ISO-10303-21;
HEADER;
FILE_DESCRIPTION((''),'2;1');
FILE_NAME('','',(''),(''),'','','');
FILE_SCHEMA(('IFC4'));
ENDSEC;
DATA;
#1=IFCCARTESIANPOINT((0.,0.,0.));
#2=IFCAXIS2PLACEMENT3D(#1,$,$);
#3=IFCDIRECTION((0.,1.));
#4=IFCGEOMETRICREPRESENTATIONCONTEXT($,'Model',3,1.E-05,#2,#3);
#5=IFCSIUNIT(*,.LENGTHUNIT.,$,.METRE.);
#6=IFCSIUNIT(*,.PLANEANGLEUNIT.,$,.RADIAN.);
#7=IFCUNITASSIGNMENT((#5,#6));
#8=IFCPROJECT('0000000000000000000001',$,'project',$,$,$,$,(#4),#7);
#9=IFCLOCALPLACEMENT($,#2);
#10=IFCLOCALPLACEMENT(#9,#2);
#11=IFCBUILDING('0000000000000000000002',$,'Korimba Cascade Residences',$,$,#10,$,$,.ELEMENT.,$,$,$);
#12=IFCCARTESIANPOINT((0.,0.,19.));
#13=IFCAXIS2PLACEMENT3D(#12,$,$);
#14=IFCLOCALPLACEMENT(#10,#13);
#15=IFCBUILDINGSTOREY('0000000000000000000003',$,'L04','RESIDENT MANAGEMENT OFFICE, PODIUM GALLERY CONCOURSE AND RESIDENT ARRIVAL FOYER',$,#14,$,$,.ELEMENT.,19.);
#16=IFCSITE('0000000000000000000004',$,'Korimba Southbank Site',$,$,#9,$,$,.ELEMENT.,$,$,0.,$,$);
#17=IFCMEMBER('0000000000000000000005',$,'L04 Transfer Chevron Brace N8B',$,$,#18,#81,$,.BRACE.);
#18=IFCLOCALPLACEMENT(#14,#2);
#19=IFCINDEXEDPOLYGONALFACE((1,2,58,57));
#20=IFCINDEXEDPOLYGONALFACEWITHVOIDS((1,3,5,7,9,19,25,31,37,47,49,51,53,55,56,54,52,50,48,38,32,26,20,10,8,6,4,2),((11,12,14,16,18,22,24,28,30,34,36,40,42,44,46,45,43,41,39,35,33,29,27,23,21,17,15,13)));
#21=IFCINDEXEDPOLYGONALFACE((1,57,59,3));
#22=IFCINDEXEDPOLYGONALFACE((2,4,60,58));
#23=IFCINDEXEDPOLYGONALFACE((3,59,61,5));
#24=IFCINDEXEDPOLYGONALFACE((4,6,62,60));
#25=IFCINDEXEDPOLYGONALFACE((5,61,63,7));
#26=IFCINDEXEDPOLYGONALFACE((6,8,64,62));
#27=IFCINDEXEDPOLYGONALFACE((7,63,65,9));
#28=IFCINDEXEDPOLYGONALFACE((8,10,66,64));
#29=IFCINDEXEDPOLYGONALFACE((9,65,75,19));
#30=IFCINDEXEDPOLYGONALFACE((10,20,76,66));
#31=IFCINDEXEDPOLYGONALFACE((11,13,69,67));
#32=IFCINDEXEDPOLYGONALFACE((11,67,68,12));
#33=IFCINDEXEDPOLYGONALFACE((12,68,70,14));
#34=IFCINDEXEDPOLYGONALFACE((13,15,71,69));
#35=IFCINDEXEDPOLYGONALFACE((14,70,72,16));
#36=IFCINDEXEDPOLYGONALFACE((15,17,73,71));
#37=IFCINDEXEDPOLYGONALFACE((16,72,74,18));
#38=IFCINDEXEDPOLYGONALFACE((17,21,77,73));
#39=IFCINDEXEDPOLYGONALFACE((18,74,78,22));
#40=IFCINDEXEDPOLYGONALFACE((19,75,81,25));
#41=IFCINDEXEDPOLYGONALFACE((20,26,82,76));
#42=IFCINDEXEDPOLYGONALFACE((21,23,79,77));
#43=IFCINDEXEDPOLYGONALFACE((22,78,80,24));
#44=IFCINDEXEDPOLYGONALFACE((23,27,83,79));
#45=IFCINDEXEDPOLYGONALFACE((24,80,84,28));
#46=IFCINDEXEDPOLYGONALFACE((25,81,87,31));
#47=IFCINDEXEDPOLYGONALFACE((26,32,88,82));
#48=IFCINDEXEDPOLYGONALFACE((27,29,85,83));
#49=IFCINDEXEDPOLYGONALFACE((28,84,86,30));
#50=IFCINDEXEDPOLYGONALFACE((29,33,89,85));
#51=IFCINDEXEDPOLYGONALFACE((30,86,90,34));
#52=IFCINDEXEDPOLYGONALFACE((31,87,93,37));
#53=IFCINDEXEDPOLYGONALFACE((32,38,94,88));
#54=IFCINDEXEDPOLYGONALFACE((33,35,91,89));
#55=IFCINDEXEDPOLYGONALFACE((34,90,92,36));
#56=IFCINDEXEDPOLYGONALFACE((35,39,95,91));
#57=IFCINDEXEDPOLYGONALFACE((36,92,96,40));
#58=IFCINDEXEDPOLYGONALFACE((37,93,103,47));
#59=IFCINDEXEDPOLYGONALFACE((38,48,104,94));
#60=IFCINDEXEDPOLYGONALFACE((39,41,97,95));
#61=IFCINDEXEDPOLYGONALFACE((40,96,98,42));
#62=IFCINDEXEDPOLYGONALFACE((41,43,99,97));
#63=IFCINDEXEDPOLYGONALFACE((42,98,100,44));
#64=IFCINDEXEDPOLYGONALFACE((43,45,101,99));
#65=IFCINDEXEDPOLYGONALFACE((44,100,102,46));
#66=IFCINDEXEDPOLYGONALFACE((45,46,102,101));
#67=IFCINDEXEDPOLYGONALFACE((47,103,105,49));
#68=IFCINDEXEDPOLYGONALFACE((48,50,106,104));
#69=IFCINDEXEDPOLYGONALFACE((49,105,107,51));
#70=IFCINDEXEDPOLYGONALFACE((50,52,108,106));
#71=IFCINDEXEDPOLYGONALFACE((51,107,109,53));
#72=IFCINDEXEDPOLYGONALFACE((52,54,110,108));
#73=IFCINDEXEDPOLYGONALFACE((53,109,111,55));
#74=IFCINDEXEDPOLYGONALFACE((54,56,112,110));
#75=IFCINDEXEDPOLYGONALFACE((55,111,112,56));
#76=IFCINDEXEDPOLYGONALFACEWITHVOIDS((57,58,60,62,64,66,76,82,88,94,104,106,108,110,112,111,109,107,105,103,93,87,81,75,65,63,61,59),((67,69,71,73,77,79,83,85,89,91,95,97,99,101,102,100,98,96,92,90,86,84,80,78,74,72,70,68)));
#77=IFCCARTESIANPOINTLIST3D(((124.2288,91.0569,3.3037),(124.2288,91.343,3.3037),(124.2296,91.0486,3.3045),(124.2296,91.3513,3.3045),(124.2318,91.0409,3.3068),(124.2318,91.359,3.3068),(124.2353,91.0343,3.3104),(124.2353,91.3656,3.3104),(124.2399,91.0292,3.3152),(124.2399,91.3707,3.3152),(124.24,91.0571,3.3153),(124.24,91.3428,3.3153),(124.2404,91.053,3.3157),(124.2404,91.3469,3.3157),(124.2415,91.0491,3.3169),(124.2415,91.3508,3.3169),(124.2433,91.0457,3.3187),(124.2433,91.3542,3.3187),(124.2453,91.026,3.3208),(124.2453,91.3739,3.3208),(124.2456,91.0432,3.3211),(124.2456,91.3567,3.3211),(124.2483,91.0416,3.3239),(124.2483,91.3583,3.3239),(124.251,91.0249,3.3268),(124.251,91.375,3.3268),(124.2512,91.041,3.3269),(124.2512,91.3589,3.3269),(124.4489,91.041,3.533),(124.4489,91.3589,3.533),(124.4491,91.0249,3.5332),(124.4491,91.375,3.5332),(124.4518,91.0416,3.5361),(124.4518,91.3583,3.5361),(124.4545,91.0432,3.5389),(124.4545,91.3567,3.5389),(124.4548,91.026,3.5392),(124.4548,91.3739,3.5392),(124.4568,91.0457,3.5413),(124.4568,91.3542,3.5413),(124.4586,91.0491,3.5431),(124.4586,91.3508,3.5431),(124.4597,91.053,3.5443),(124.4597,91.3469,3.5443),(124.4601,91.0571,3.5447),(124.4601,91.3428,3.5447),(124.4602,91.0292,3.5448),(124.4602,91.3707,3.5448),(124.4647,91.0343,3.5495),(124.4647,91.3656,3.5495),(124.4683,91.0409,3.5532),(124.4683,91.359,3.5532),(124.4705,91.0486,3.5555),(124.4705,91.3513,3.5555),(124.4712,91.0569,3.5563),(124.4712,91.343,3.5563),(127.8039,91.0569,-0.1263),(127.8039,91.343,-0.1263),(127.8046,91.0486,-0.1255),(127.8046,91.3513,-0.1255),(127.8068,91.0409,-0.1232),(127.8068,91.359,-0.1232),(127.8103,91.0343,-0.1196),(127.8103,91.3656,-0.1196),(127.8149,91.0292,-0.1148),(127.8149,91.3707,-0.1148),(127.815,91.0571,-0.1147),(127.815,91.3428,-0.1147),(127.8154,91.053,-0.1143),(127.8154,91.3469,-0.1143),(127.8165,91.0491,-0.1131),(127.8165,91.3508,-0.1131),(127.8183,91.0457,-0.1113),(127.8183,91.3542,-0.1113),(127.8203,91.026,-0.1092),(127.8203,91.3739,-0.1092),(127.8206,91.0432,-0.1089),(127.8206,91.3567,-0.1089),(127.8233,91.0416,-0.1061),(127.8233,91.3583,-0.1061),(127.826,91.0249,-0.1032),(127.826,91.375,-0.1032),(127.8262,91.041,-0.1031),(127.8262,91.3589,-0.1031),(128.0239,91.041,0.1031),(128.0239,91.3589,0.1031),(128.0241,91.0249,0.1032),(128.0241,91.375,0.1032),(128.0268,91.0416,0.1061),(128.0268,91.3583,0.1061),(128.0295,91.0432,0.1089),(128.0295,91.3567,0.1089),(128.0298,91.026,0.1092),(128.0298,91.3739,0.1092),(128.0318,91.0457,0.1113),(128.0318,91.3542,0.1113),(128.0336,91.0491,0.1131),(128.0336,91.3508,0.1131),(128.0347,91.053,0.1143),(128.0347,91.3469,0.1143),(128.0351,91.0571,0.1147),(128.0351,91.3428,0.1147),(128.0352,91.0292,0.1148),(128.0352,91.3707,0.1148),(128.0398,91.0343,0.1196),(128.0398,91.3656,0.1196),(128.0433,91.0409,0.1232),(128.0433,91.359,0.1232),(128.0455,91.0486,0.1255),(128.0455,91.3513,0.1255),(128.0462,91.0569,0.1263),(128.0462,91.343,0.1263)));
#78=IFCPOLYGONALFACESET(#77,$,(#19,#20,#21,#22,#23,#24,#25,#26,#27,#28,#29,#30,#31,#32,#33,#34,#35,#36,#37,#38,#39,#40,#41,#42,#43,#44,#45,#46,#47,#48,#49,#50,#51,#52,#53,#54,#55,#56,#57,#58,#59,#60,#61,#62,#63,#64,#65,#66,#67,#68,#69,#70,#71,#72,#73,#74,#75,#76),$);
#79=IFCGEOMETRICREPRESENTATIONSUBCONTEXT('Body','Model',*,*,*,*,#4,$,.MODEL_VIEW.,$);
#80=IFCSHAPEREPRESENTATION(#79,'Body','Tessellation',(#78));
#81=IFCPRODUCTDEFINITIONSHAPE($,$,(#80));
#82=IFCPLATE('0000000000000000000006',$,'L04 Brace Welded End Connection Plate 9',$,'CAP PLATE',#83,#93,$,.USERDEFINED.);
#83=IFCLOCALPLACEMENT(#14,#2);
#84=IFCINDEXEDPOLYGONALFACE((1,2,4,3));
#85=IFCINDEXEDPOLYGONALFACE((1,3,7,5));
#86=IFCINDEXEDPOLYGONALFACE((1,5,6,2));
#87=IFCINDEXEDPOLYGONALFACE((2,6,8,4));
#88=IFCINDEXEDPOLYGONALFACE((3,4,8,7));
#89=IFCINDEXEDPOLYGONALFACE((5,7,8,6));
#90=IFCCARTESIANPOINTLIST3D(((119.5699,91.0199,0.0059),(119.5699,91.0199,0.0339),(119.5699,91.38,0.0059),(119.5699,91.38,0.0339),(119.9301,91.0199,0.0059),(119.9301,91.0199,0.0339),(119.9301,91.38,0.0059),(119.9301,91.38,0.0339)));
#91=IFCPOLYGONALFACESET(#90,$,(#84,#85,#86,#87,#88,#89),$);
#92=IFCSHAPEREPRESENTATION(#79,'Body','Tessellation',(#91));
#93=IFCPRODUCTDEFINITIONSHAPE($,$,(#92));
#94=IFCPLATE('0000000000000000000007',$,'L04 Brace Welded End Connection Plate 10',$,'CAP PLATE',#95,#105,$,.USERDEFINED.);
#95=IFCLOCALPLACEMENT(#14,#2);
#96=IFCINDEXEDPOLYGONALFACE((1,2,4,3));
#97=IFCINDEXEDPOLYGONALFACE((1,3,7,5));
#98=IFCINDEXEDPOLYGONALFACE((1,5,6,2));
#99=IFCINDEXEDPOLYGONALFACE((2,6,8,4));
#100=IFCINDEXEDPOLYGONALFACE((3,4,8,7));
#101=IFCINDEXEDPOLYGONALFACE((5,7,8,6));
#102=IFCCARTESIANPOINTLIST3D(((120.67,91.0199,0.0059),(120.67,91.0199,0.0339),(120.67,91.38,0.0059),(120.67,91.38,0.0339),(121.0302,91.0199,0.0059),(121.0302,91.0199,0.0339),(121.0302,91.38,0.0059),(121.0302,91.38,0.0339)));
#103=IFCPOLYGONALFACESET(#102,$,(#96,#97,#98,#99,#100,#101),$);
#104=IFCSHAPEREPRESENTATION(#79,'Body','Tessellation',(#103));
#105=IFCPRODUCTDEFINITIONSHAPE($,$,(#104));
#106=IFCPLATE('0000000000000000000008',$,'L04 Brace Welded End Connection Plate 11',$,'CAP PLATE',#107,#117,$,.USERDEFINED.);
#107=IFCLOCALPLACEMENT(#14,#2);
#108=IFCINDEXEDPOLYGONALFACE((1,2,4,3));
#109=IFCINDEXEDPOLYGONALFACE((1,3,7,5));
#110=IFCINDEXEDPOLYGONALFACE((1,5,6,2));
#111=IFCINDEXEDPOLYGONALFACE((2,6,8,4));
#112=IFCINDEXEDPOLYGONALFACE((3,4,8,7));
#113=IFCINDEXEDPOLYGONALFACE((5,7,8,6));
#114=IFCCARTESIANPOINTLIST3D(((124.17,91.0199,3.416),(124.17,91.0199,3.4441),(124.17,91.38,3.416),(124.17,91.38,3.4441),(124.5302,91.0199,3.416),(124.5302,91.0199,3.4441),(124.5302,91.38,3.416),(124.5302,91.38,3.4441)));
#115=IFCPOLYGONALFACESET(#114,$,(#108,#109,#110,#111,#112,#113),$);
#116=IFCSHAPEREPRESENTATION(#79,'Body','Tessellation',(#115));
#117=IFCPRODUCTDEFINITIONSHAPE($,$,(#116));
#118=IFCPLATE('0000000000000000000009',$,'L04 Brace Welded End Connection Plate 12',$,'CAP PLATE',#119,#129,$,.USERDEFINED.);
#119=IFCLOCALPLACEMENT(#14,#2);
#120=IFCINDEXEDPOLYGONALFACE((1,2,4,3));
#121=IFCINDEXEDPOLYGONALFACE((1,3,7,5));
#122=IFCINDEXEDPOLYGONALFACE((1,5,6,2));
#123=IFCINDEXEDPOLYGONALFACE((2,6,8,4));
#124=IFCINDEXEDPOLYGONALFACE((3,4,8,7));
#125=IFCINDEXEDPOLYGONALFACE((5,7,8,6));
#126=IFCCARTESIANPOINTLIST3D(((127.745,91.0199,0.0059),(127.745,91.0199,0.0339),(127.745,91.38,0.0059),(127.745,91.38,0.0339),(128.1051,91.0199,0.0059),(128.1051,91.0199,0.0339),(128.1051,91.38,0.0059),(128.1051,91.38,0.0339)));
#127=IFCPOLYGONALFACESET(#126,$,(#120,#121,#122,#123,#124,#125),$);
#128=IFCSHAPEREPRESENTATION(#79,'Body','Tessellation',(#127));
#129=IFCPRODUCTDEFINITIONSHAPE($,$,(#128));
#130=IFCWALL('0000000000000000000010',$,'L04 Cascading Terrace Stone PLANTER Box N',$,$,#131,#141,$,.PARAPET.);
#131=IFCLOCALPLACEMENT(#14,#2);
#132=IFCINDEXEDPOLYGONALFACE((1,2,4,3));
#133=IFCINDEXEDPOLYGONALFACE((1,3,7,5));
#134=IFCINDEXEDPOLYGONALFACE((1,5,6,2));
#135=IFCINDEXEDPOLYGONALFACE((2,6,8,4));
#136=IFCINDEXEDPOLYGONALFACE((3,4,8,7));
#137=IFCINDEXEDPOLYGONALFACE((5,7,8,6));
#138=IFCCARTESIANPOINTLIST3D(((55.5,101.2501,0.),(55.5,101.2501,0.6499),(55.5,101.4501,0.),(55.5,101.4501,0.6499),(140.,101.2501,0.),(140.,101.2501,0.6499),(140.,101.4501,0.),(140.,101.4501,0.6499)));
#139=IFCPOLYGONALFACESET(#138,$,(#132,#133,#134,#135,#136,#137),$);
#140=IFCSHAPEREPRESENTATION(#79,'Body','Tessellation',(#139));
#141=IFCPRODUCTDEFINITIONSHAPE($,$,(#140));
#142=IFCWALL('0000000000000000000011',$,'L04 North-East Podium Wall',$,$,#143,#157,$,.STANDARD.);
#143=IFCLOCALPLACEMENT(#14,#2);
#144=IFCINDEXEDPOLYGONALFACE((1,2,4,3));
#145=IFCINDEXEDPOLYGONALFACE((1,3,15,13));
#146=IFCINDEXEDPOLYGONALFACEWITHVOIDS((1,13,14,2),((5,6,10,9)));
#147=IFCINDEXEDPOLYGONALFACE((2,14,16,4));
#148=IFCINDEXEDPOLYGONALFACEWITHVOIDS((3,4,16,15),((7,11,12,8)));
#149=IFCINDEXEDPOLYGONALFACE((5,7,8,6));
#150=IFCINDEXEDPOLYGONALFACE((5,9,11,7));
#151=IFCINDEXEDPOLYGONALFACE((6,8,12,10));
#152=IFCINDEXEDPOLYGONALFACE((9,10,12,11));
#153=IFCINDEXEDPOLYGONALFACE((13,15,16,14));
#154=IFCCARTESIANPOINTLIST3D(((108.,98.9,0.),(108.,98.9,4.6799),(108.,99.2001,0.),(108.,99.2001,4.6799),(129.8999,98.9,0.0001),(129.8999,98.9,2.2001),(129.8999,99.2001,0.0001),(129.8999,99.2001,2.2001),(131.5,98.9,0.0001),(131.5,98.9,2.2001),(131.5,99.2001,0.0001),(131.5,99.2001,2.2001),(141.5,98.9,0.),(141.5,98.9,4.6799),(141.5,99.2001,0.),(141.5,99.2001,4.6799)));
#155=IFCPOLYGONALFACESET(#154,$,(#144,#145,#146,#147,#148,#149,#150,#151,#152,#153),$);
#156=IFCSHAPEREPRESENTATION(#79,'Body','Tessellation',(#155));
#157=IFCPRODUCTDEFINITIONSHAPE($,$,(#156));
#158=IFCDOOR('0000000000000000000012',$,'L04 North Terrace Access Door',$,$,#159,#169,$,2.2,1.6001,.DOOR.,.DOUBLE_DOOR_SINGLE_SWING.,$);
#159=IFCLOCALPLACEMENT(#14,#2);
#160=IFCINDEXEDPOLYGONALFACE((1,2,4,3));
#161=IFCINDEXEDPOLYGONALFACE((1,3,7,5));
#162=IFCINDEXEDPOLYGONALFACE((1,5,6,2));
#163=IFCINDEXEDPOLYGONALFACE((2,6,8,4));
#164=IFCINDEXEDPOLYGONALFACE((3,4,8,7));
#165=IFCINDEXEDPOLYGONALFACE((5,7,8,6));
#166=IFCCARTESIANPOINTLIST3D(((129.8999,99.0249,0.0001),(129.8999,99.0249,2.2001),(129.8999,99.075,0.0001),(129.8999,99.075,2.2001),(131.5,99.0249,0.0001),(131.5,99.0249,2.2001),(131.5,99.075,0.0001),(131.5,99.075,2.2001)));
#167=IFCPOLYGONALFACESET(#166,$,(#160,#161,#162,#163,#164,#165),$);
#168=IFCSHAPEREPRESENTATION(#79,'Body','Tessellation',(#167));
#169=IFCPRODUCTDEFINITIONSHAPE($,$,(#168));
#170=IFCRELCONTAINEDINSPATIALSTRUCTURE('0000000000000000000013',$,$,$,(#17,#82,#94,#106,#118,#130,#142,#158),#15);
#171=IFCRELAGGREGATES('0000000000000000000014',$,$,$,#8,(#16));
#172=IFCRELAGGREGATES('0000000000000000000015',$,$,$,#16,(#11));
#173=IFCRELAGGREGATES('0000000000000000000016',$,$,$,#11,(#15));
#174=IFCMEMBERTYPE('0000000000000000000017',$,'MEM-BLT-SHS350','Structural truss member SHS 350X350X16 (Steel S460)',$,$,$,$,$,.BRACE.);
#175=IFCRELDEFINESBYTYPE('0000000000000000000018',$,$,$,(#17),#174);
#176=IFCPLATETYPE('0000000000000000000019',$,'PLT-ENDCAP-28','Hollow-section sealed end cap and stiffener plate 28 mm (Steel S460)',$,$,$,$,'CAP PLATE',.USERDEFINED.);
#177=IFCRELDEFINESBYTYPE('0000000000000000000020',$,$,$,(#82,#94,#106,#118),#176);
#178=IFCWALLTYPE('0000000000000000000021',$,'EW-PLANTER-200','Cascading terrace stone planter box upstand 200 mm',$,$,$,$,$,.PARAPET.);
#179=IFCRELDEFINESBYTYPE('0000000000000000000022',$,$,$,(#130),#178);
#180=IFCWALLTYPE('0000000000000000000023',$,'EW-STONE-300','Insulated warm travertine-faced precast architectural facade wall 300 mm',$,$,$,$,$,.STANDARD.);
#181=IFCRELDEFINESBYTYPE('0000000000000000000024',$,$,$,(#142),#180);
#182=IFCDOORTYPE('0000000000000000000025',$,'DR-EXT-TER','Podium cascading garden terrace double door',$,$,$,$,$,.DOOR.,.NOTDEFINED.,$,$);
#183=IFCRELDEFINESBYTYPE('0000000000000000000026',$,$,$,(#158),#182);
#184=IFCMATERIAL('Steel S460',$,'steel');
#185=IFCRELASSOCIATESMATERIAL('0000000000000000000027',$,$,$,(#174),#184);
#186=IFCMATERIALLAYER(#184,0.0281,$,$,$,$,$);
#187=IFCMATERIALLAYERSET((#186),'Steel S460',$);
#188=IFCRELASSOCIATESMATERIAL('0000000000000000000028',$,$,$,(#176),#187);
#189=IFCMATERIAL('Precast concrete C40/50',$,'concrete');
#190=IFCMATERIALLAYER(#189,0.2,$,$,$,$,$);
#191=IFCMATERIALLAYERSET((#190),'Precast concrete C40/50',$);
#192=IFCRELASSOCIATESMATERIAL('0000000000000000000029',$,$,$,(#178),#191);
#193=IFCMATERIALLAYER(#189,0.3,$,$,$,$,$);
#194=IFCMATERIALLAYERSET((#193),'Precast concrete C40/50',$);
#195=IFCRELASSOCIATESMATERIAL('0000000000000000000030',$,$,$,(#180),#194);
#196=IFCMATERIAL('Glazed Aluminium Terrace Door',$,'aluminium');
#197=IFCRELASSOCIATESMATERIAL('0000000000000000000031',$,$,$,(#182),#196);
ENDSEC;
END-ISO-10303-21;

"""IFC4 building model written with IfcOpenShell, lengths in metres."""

from ifc_helpers import new_model, si_unit, direction, frame, frame_2d, origin, origin_2d, place, context, subcontext, project, spatial, rectangle, hollow_rectangle, extrude, material, layer, layer_set, material_profile, profile_set, type_object, element, fill, save


model = new_model("IFC4")

# Units and contexts
model_context = context("Model", 3, precision=1e-05, world=origin(), true_north=direction((0.0, 1.0)))
body_context = subcontext(model_context, "Body", "Model", "MODEL_VIEW")
ifc_project = project(units=[si_unit("LENGTHUNIT", "METRE"), si_unit("PLANEANGLEUNIT", "RADIAN")], contexts=[model_context])

# Site, building, storey
site_placement = place(None, origin())
site = spatial("IfcSite", under=ifc_project, at=site_placement, Name="Korimba Southbank Site", CompositionType="ELEMENT", RefElevation=0.0)
building_placement = place(site_placement, origin())
building = spatial("IfcBuilding", under=site, at=building_placement, Name="Korimba Cascade Residences", CompositionType="ELEMENT")
storey_placement = place(building_placement, frame((0.0, 0.0, 19.0)))
storey = spatial("IfcBuildingStorey", under=building, at=storey_placement, Name="L04", Description="RESIDENT MANAGEMENT OFFICE, PODIUM GALLERY CONCOURSE AND RESIDENT ARRIVAL FOYER", CompositionType="ELEMENT", Elevation=19.0)

# Member
ifc_material_1 = material(Name="Steel S460", Category="steel")
ifc_material_profile_1 = material_profile(ifc_material_1, hollow_rectangle(XDim=0.3501, YDim=0.3501, WallThickness=0.0161, InnerFilletRadius=0.0161, OuterFilletRadius=0.032, at=origin_2d()), Name="Steel S460")
ifc_profile_set_1 = profile_set([ifc_material_profile_1], Name="Steel S460")
member_type = type_object("IfcMemberType", Name="MEM-BLT-SHS350", Description="Structural truss member SHS 350X350X16 (Steel S460)", PredefinedType="BRACE", material=ifc_profile_set_1)
member_1_placement = place(storey_placement, frame((127.925, 91.2, 0.0), z_axis=(-0.721591, 0.0, 0.692319), x_axis=(0.0, -1.0, 0.0)))
element("IfcMember", 1, at=member_1_placement, inside=storey, type_object=member_type, Name="L04 Transfer Chevron Brace N8B", PredefinedType="BRACE", context=body_context, shape_type="SweptSolid", body=[
    extrude(hollow_rectangle(XDim=0.3501, YDim=0.3501, WallThickness=0.0161, InnerFilletRadius=0.0161, OuterFilletRadius=0.032, at=origin_2d()), origin(), (0.0, 0.0, 1.0), 4.9543),
])

# Plates
ifc_layer_1 = layer(ifc_material_1, 0.0281)
ifc_layer_set_1 = layer_set([ifc_layer_1], Name="Steel S460")
plate_type = type_object("IfcPlateType", Name="PLT-ENDCAP-28", Description="Hollow-section sealed end cap and stiffener plate 28 mm (Steel S460)", ElementType="CAP PLATE", PredefinedType="USERDEFINED", material=ifc_layer_set_1)
for number, where, z_axis, x_axis, name in (
    (2, (119.75, 91.2, 0.0059), (0.0, 0.0, 1.0), (1.0, 0.0, 0.0), "L04 Brace Welded End Connection Plate 9"),
    (3, (120.8501, 91.2, 0.0059), (0.0, 0.0, 1.0), (1.0, 0.0, 0.0), "L04 Brace Welded End Connection Plate 10"),
    (4, (124.3501, 91.2, 3.416), (0.0, 0.0, 1.0), (1.0, 0.0, 0.0), "L04 Brace Welded End Connection Plate 11"),
    (5, (127.925, 91.2, 0.0059), (0.0, 0.0, 1.0), (1.0, 0.0, 0.0), "L04 Brace Welded End Connection Plate 12"),
):
    element("IfcPlate", number, at=place(storey_placement, frame(where, z_axis=z_axis, x_axis=x_axis)), inside=storey, type_object=plate_type, Name=name, ObjectType="CAP PLATE", PredefinedType="USERDEFINED", context=body_context, shape_type="SweptSolid", body=[
        extrude(rectangle(XDim=0.3601, YDim=0.3601, at=origin_2d()), origin(), (0.0, 0.0, 1.0), 0.0281),
    ])

# Wall
ifc_material_2 = material(Name="Precast concrete C40/50", Category="concrete")
ifc_layer_2 = layer(ifc_material_2, 0.2)
ifc_layer_set_2 = layer_set([ifc_layer_2], Name="Precast concrete C40/50")
wall_type_1 = type_object("IfcWallType", Name="EW-PLANTER-200", Description="Cascading terrace stone planter box upstand 200 mm", PredefinedType="PARAPET", material=ifc_layer_set_2)
wall_1_placement = place(storey_placement, frame((140.0, 101.3501, 0.0), z_axis=(0.0, 0.0, 1.0), x_axis=(-1.0, 0.0, 0.0)))
element("IfcWall", 6, at=wall_1_placement, inside=storey, type_object=wall_type_1, Name="L04 Cascading Terrace Stone PLANTER Box N", PredefinedType="PARAPET", context=body_context, shape_type="SweptSolid", body=[
    extrude(rectangle(XDim=84.5, YDim=0.2, at=frame_2d((42.25, 0.0))), origin(), (0.0, 0.0, 1.0), 0.6499),
])

# Wall, opening, door
ifc_layer_3 = layer(ifc_material_2, 0.3)
ifc_layer_set_3 = layer_set([ifc_layer_3], Name="Precast concrete C40/50")
wall_type_2 = type_object("IfcWallType", Name="EW-STONE-300", Description="Insulated warm travertine-faced precast architectural facade wall 300 mm", PredefinedType="STANDARD", material=ifc_layer_set_3)
wall_2_placement = place(storey_placement, frame((141.5, 99.05, 0.0), z_axis=(0.0, 0.0, 1.0), x_axis=(-1.0, 0.0, 0.0)))
wall_2 = element("IfcWall", 7, at=wall_2_placement, inside=storey, type_object=wall_type_2, Name="L04 North-East Podium Wall", PredefinedType="STANDARD", context=body_context, shape_type="SweptSolid", body=[
    extrude(rectangle(XDim=33.5, YDim=0.3, at=frame_2d((16.75, 0.0))), origin(), (0.0, 0.0, 1.0), 4.6799),
])
opening_1_placement = place(wall_2_placement, frame((10.0, 0.0, 0.0)))
opening_1 = element("IfcOpeningElement", 8, at=opening_1_placement, cuts=wall_2, PredefinedType="OPENING", context=body_context, shape_type="SweptSolid", body=[
    extrude(rectangle(XDim=1.6001, YDim=2.2, at=frame_2d((0.8, 1.1001))), frame((0.0, 0.1602, 0.0), z_axis=(0.0, -1.0, 0.0), x_axis=(1.0, 0.0, 0.0)), (0.0, 0.0, 1.0), 0.3201),
])
ifc_material_3 = material(Name="Glazed Aluminium Terrace Door", Category="aluminium")
door_type_1 = type_object("IfcDoorType", Name="DR-EXT-TER", Description="Podium cascading garden terrace double door", OperationType="NOTDEFINED", PredefinedType="DOOR", material=ifc_material_3)
door_1_placement = place(opening_1_placement, frame((1.6001, 0.0, 0.0), z_axis=(0.0, 0.0, 1.0), x_axis=(-1.0, 0.0, 0.0)))
door_1 = element("IfcDoor", 9, at=door_1_placement, inside=storey, type_object=door_type_1, Name="L04 North Terrace Access Door", OperationType="DOUBLE_DOOR_SINGLE_SWING", OverallHeight=2.2, OverallWidth=1.6001, PredefinedType="DOOR", context=body_context, shape_type="SweptSolid", body=[
    extrude(rectangle(XDim=1.6001, YDim=2.2, at=frame_2d((0.8, 1.1001))), frame((0.0, 0.0249, 0.0), z_axis=(0.0, -1.0, 0.0), x_axis=(1.0, 0.0, 0.0)), (0.0, 0.0, 1.0), 0.05),
])
fill(opening_1, door_1)

save(model, "model.ifc")
